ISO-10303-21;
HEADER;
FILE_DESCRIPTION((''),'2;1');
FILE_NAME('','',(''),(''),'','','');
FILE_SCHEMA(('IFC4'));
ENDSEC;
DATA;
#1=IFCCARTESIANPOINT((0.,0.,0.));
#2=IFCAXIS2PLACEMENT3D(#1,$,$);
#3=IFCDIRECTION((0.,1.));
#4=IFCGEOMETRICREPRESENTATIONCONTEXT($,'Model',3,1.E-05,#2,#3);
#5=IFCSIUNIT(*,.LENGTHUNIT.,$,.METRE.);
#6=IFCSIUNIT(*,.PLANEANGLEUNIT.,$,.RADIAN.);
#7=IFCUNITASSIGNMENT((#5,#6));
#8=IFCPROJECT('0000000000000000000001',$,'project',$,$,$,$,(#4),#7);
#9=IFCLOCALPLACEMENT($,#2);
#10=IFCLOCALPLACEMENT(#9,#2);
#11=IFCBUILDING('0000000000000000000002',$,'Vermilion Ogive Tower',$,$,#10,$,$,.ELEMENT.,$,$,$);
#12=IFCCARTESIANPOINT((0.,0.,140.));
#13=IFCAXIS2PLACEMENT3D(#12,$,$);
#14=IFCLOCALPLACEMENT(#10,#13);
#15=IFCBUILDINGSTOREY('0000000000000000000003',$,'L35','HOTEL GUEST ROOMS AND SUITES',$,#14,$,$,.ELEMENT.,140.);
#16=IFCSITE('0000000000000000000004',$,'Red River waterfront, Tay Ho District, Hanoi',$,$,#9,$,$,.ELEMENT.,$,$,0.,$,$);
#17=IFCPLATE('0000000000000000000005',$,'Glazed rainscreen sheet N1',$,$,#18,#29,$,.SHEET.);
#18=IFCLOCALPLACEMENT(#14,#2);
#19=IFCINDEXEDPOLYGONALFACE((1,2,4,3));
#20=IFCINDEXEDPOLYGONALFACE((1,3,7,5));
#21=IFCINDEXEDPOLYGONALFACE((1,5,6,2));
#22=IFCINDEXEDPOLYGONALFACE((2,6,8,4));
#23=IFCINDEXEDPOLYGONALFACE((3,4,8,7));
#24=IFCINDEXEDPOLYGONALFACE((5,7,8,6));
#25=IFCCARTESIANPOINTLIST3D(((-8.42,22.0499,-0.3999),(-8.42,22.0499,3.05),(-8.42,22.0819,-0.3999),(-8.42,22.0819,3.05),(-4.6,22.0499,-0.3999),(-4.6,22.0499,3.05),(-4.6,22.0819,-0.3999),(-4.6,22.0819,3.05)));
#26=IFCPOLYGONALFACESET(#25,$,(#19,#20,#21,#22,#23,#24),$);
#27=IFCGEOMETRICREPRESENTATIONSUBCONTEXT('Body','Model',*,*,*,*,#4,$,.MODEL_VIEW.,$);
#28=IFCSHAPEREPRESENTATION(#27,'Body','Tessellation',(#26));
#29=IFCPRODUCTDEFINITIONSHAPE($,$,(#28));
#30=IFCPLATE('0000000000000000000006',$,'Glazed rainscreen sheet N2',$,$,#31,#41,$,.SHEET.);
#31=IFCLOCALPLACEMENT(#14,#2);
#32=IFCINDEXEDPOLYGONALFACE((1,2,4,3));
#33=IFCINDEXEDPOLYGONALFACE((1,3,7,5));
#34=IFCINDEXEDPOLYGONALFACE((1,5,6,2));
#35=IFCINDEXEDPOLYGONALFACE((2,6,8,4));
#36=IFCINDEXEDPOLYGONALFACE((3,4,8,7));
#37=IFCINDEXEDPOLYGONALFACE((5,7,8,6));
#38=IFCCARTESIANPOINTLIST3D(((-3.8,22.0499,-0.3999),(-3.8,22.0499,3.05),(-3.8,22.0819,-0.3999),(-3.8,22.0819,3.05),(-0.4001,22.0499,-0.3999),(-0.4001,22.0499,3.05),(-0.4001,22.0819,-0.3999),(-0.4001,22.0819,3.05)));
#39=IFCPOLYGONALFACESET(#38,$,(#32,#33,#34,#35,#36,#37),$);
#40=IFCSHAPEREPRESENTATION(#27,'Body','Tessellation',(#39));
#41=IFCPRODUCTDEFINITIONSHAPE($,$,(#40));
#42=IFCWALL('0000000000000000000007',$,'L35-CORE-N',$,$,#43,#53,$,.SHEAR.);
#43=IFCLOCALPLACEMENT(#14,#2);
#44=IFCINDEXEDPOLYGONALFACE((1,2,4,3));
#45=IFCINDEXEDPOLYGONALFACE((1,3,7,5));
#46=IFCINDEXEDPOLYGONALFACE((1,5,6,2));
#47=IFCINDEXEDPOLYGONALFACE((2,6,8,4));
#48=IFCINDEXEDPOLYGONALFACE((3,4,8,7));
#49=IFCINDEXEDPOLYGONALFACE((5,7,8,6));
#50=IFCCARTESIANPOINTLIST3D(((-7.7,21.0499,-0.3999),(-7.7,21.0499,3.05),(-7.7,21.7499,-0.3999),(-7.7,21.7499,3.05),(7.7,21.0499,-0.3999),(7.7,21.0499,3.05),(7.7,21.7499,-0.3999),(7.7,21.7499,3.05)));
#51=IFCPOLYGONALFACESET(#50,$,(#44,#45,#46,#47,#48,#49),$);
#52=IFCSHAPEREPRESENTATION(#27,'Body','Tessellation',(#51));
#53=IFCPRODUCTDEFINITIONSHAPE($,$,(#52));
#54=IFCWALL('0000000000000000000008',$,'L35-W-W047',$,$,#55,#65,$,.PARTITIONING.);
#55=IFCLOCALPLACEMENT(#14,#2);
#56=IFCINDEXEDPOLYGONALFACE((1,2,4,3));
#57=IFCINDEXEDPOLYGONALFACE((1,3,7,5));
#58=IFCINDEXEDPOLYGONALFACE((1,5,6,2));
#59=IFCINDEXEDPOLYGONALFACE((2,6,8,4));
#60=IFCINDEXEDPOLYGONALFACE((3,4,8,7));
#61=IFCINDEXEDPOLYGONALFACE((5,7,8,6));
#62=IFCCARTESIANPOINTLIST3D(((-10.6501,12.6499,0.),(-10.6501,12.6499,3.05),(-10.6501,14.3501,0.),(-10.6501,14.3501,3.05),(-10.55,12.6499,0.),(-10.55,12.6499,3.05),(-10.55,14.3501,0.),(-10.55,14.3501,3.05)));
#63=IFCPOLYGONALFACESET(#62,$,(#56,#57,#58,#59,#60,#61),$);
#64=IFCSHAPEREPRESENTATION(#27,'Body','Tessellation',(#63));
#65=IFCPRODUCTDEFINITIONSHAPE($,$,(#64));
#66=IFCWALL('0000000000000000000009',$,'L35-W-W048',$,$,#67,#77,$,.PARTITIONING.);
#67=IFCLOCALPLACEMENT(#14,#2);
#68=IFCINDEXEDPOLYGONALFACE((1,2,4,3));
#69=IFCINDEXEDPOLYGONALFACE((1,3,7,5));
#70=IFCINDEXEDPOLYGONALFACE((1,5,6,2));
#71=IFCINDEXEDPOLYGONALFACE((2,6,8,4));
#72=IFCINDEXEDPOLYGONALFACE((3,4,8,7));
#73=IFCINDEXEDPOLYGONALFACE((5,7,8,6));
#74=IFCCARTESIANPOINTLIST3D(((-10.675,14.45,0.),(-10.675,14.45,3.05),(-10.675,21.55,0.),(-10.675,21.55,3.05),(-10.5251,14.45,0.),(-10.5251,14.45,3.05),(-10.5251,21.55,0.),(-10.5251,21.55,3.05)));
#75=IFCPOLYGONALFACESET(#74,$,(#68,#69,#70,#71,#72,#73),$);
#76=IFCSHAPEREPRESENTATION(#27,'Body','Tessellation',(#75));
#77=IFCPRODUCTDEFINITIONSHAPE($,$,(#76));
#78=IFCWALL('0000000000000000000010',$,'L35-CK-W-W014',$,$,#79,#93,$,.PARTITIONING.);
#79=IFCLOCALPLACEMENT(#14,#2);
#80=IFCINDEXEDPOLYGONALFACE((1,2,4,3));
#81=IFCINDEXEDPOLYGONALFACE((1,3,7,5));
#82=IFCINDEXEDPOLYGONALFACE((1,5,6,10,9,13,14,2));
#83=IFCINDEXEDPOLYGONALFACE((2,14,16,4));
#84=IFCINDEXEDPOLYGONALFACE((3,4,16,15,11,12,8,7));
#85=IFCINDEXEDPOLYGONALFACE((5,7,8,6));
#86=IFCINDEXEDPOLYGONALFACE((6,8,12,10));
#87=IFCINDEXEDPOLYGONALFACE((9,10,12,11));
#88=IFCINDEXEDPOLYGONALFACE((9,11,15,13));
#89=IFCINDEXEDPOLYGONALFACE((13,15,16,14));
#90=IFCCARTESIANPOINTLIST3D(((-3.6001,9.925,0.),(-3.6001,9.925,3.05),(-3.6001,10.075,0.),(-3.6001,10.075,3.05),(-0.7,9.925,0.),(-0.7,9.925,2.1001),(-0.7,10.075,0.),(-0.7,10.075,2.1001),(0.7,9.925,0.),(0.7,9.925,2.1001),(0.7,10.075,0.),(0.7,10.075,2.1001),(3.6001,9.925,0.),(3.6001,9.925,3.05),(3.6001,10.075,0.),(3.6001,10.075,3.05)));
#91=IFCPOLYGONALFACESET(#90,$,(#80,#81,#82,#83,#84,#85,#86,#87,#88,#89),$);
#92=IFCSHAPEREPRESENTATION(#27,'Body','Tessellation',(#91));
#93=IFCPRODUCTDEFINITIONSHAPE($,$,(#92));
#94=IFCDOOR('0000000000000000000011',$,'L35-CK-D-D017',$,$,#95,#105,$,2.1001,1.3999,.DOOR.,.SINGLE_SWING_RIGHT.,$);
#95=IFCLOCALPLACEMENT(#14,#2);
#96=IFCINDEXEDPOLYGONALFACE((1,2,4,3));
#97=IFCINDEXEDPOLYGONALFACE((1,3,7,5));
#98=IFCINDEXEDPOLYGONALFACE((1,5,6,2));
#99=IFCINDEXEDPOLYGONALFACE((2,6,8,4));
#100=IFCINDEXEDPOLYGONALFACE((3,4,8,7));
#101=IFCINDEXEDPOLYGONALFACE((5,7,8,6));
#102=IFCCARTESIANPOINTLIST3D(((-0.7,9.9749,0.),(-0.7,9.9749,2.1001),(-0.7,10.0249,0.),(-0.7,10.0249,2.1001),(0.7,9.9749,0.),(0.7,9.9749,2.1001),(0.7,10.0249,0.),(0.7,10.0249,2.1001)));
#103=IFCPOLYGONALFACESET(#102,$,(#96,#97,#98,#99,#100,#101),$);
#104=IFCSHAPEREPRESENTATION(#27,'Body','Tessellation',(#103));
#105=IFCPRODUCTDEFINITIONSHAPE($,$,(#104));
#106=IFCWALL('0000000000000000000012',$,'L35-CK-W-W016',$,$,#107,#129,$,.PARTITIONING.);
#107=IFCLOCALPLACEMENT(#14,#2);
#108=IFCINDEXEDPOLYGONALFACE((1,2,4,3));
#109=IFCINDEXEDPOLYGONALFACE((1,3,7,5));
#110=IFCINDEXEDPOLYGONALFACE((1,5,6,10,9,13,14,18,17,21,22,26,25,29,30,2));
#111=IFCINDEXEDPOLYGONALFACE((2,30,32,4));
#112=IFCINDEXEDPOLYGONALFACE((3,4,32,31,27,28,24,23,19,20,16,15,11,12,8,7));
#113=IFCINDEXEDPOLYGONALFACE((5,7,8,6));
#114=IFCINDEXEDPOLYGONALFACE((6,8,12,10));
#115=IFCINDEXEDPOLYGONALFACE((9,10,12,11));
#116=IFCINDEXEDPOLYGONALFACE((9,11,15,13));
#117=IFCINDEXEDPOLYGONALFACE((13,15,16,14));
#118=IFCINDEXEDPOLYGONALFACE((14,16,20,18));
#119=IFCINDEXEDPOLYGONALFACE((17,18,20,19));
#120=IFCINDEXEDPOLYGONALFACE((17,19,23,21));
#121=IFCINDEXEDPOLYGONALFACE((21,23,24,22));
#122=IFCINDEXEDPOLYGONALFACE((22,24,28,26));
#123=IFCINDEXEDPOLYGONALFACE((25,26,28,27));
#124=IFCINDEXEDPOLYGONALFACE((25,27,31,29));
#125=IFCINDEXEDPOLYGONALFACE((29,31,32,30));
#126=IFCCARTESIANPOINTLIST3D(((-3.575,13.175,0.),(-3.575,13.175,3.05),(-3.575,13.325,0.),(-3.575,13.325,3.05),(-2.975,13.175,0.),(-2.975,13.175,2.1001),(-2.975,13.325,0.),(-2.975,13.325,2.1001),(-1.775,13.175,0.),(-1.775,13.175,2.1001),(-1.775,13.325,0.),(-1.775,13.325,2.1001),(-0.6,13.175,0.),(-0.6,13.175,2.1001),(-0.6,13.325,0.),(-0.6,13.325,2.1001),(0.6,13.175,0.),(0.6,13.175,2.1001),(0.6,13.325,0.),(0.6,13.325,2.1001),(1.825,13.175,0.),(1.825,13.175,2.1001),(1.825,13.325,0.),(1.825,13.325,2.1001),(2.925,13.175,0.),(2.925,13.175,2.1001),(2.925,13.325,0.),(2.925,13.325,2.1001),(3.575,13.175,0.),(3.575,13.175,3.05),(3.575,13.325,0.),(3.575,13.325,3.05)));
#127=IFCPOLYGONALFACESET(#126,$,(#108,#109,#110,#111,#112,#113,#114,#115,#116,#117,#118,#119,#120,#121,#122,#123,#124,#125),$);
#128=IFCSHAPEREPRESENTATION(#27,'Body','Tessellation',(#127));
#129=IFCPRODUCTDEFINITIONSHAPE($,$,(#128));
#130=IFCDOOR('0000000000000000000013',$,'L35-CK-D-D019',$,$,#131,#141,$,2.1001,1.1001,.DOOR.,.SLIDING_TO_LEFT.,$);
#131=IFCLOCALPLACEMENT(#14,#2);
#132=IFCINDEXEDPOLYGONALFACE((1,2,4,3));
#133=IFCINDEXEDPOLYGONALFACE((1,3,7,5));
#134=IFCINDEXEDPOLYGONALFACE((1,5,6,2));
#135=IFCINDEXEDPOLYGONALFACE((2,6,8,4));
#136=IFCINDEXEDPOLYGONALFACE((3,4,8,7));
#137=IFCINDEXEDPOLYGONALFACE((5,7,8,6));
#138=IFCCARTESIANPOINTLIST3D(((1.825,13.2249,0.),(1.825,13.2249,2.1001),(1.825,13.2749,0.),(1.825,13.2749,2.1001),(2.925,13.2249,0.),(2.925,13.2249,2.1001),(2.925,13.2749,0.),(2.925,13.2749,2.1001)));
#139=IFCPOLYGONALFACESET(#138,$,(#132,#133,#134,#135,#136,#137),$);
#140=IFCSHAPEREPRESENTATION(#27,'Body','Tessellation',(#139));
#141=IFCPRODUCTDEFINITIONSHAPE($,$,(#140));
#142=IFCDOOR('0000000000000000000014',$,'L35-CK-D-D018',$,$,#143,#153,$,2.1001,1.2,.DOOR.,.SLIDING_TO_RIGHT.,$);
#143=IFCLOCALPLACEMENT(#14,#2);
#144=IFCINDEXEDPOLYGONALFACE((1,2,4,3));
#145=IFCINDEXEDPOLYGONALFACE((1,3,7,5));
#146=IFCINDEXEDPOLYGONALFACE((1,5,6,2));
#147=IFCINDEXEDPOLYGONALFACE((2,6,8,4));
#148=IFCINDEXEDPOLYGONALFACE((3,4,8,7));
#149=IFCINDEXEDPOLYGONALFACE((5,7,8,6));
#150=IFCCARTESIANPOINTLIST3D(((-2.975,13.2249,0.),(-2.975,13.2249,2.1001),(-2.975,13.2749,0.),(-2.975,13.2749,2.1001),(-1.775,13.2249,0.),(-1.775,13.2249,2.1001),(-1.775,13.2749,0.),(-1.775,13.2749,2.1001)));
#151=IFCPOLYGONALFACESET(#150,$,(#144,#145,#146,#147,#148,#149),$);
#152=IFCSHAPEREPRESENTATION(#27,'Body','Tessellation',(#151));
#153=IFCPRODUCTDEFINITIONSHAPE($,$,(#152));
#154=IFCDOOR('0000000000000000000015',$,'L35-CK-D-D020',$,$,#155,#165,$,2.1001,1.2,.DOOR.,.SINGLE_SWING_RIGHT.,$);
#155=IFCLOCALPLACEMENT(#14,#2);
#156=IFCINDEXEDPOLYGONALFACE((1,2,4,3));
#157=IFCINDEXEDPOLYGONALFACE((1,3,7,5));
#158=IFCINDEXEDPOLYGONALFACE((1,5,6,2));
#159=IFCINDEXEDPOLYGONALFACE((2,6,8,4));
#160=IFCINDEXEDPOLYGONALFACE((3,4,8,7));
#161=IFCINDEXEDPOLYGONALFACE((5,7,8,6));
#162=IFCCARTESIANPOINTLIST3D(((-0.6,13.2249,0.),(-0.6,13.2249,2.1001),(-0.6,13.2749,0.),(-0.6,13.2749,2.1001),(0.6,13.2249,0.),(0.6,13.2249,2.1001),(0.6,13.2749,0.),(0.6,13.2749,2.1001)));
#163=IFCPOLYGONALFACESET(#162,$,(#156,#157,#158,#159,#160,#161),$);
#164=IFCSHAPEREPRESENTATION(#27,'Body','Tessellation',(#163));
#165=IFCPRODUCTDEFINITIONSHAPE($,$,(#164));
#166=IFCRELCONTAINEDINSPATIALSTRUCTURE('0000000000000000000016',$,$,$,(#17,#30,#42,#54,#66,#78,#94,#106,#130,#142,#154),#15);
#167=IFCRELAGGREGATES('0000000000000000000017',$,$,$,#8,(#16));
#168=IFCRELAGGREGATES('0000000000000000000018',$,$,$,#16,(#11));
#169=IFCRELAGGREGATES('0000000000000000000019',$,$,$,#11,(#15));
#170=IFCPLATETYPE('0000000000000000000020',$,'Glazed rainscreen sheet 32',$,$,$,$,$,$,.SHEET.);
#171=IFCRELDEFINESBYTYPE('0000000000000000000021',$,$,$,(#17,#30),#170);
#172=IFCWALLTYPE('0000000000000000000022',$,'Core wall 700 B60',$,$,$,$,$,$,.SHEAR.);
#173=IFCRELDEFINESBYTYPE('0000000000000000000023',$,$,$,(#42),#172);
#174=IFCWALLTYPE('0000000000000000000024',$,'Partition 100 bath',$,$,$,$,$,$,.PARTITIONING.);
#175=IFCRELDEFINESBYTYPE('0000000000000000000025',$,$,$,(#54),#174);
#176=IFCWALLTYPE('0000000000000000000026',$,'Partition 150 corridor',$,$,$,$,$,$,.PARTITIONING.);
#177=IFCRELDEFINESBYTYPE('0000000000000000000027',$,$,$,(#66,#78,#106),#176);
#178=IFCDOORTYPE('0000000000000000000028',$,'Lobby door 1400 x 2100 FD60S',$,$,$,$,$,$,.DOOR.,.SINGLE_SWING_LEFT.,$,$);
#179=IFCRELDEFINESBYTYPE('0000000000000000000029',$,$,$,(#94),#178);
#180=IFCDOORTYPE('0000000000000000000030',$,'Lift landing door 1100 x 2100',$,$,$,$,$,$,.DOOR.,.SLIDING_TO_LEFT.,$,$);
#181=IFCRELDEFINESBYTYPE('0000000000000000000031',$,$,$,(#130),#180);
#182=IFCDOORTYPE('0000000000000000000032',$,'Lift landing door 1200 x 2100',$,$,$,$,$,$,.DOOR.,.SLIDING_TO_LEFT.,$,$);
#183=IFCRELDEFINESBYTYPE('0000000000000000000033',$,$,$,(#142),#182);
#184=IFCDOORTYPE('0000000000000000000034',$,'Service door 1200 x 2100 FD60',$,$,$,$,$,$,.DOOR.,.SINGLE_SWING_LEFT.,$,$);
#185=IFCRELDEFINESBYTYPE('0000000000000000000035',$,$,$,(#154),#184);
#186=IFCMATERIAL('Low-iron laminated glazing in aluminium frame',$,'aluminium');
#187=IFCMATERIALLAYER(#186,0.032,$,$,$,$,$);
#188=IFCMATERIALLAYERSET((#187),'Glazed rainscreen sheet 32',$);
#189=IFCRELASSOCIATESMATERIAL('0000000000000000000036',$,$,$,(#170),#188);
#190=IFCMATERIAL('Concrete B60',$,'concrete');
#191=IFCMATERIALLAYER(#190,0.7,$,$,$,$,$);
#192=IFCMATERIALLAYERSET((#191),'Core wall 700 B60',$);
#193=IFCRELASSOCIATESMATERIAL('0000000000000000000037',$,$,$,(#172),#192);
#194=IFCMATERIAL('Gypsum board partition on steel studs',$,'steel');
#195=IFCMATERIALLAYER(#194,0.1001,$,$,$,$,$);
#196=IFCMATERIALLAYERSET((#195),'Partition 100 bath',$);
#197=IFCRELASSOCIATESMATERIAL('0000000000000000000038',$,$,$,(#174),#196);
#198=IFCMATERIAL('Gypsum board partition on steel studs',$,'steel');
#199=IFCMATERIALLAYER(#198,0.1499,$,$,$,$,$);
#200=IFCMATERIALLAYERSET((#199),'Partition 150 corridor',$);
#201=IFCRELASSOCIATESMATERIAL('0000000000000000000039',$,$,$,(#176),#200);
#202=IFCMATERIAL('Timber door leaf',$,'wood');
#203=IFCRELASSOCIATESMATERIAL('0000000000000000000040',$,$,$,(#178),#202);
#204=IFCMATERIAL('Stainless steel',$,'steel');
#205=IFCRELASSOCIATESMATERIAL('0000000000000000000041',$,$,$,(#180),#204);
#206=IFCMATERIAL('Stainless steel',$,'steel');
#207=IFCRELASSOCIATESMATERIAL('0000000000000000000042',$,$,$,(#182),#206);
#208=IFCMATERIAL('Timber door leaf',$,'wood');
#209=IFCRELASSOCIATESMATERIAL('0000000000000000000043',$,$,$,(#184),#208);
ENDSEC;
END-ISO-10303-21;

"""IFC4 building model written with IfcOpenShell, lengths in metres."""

from ifc_helpers import new_model, si_unit, direction, frame, frame_2d, origin, origin_2d, place, context, subcontext, project, spatial, rectangle, extrude, material, layer, layer_set, type_object, element, fill, save


model = new_model("IFC4")

# Units and contexts
model_context = context("Model", 3, precision=1e-05, world=origin(), true_north=direction((0.0, 1.0)))
body_context = subcontext(model_context, "Body", "Model", "MODEL_VIEW")
ifc_project = project(units=[si_unit("LENGTHUNIT", "METRE"), si_unit("PLANEANGLEUNIT", "RADIAN")], contexts=[model_context])

# Site, building, storey
site_placement = place(None, origin())
site = spatial("IfcSite", under=ifc_project, at=site_placement, Name="Red River waterfront, Tay Ho District, Hanoi", CompositionType="ELEMENT", RefElevation=0.0)
building_placement = place(site_placement, origin())
building = spatial("IfcBuilding", under=site, at=building_placement, Name="Vermilion Ogive Tower", CompositionType="ELEMENT")
storey_placement = place(building_placement, frame((0.0, 0.0, 140.0)))
storey = spatial("IfcBuildingStorey", under=building, at=storey_placement, Name="L35", Description="HOTEL GUEST ROOMS AND SUITES", CompositionType="ELEMENT", Elevation=140.0)

# Plates
ifc_material_1 = material(Name="Low-iron laminated glazing in aluminium frame", Category="aluminium")
ifc_layer_1 = layer(ifc_material_1, 0.032)
ifc_layer_set_1 = layer_set([ifc_layer_1], Name="Glazed rainscreen sheet 32")
plate_type = type_object("IfcPlateType", Name="Glazed rainscreen sheet 32", PredefinedType="SHEET", material=ifc_layer_set_1)
plate_1_placement = place(storey_placement, frame((-6.51, 22.0659, -0.3999), z_axis=(0.0, 0.0, 1.0), x_axis=(1.0, 0.0, 0.0)))
element("IfcPlate", 1, at=plate_1_placement, inside=storey, type_object=plate_type, Name="Glazed rainscreen sheet N1", PredefinedType="SHEET", context=body_context, shape_type="SweptSolid", body=[
    extrude(rectangle(XDim=3.8201, YDim=0.032, at=origin_2d()), origin(), (0.0, 0.0, 1.0), 3.45),
])
plate_2_placement = place(storey_placement, frame((-2.1001, 22.0659, -0.3999), z_axis=(0.0, 0.0, 1.0), x_axis=(1.0, 0.0, 0.0)))
element("IfcPlate", 2, at=plate_2_placement, inside=storey, type_object=plate_type, Name="Glazed rainscreen sheet N2", PredefinedType="SHEET", context=body_context, shape_type="SweptSolid", body=[
    extrude(rectangle(XDim=3.3999, YDim=0.032, at=origin_2d()), origin(), (0.0, 0.0, 1.0), 3.45),
])

# Walls
ifc_material_2 = material(Name="Concrete B60", Category="concrete")
ifc_layer_2 = layer(ifc_material_2, 0.7)
ifc_layer_set_2 = layer_set([ifc_layer_2], Name="Core wall 700 B60")
wall_type_1 = type_object("IfcWallType", Name="Core wall 700 B60", PredefinedType="SHEAR", material=ifc_layer_set_2)
wall_1_placement = place(storey_placement, frame((-7.7, 21.3999, -0.3999), z_axis=(0.0, 0.0, 1.0), x_axis=(1.0, 0.0, 0.0)))
element("IfcWall", 3, at=wall_1_placement, inside=storey, type_object=wall_type_1, Name="L35-CORE-N", PredefinedType="SHEAR", context=body_context, shape_type="SweptSolid", body=[
    extrude(rectangle(XDim=15.3999, YDim=0.7, at=frame_2d((7.7, 0.0))), origin(), (0.0, 0.0, 1.0), 3.45),
])
ifc_material_3 = material(Name="Gypsum board partition on steel studs", Category="steel")
ifc_layer_3 = layer(ifc_material_3, 0.1001)
ifc_layer_set_3 = layer_set([ifc_layer_3], Name="Partition 100 bath")
wall_type_2 = type_object("IfcWallType", Name="Partition 100 bath", PredefinedType="PARTITIONING", material=ifc_layer_set_3)
wall_2_placement = place(storey_placement, frame((-10.6001, 12.6499, 0.0), z_axis=(0.0, 0.0, 1.0), x_axis=(0.0, 1.0, 0.0)))
element("IfcWall", 4, at=wall_2_placement, inside=storey, type_object=wall_type_2, Name="L35-W-W047", PredefinedType="PARTITIONING", context=body_context, shape_type="SweptSolid", body=[
    extrude(rectangle(XDim=1.7002, YDim=0.1001, at=frame_2d((0.8501, 0.0))), origin(), (0.0, 0.0, 1.0), 3.05),
])
ifc_material_4 = material(Name="Gypsum board partition on steel studs", Category="steel")
ifc_layer_4 = layer(ifc_material_4, 0.1499)
ifc_layer_set_4 = layer_set([ifc_layer_4], Name="Partition 150 corridor")
wall_type_3 = type_object("IfcWallType", Name="Partition 150 corridor", PredefinedType="PARTITIONING", material=ifc_layer_set_4)
wall_3_placement = place(storey_placement, frame((-10.6001, 14.45, 0.0), z_axis=(0.0, 0.0, 1.0), x_axis=(0.0, 1.0, 0.0)))
element("IfcWall", 5, at=wall_3_placement, inside=storey, type_object=wall_type_3, Name="L35-W-W048", PredefinedType="PARTITIONING", context=body_context, shape_type="SweptSolid", body=[
    extrude(rectangle(XDim=7.1001, YDim=0.1499, at=frame_2d((3.55, 0.0))), origin(), (0.0, 0.0, 1.0), 3.05),
])

# Wall, opening, door
wall_4_placement = place(storey_placement, frame((-3.6001, 10.0, 0.0), z_axis=(0.0, 0.0, 1.0), x_axis=(1.0, 0.0, 0.0)))
wall_4 = element("IfcWall", 6, at=wall_4_placement, inside=storey, type_object=wall_type_3, Name="L35-CK-W-W014", PredefinedType="PARTITIONING", context=body_context, shape_type="SweptSolid", body=[
    extrude(rectangle(XDim=7.2002, YDim=0.1499, at=frame_2d((3.6001, 0.0))), origin(), (0.0, 0.0, 1.0), 3.05),
])
opening_1_placement = place(wall_4_placement, frame((2.9001, 0.0, 0.0)))
opening_1 = element("IfcOpeningElement", 7, at=opening_1_placement, cuts=wall_4, PredefinedType="OPENING", context=body_context, shape_type="SweptSolid", body=[
    extrude(rectangle(XDim=1.3999, YDim=2.1001, at=frame_2d((0.7, 1.05))), frame((0.0, 0.085, 0.0), z_axis=(0.0, -1.0, 0.0), x_axis=(1.0, 0.0, 0.0)), (0.0, 0.0, 1.0), 0.1699),
])
ifc_material_5 = material(Name="Timber door leaf", Category="wood")
door_type_1 = type_object("IfcDoorType", Name="Lobby door 1400 x 2100 FD60S", OperationType="SINGLE_SWING_LEFT", PredefinedType="DOOR", material=ifc_material_5)
door_1_placement = place(opening_1_placement, origin())
door_1 = element("IfcDoor", 8, at=door_1_placement, inside=storey, type_object=door_type_1, Name="L35-CK-D-D017", OperationType="SINGLE_SWING_RIGHT", OverallHeight=2.1001, OverallWidth=1.3999, PredefinedType="DOOR", context=body_context, shape_type="SweptSolid", body=[
    extrude(rectangle(XDim=1.3999, YDim=2.1001, at=frame_2d((0.7, 1.05))), frame((0.0, 0.0249, 0.0), z_axis=(0.0, -1.0, 0.0), x_axis=(1.0, 0.0, 0.0)), (0.0, 0.0, 1.0), 0.05),
])
fill(opening_1, door_1)

# Wall, openings, doors
wall_5_placement = place(storey_placement, frame((-3.575, 13.25, 0.0), z_axis=(0.0, 0.0, 1.0), x_axis=(1.0, 0.0, 0.0)))
wall_5 = element("IfcWall", 9, at=wall_5_placement, inside=storey, type_object=wall_type_3, Name="L35-CK-W-W016", PredefinedType="PARTITIONING", context=body_context, shape_type="SweptSolid", body=[
    extrude(rectangle(XDim=7.1499, YDim=0.1499, at=frame_2d((3.575, 0.0))), origin(), (0.0, 0.0, 1.0), 3.05),
])
opening_2_placement = place(wall_5_placement, frame((0.5999, 0.0, 0.0)))
opening_2 = element("IfcOpeningElement", 10, at=opening_2_placement, cuts=wall_5, PredefinedType="OPENING", context=body_context, shape_type="SweptSolid", body=[
    extrude(rectangle(XDim=1.2, YDim=2.1001, at=frame_2d((0.6001, 1.05))), frame((0.0, 0.085, 0.0), z_axis=(0.0, -1.0, 0.0), x_axis=(1.0, 0.0, 0.0)), (0.0, 0.0, 1.0), 0.1699),
])
opening_3_placement = place(wall_5_placement, frame((5.3999, 0.0, 0.0)))
opening_3 = element("IfcOpeningElement", 11, at=opening_3_placement, cuts=wall_5, PredefinedType="OPENING", context=body_context, shape_type="SweptSolid", body=[
    extrude(rectangle(XDim=1.1001, YDim=2.1001, at=frame_2d((0.55, 1.05))), frame((0.0, 0.085, 0.0), z_axis=(0.0, -1.0, 0.0), x_axis=(1.0, 0.0, 0.0)), (0.0, 0.0, 1.0), 0.1699),
])
opening_4_placement = place(wall_5_placement, frame((2.9749, 0.0, 0.0)))
opening_4 = element("IfcOpeningElement", 12, at=opening_4_placement, cuts=wall_5, PredefinedType="OPENING", context=body_context, shape_type="SweptSolid", body=[
    extrude(rectangle(XDim=1.2, YDim=2.1001, at=frame_2d((0.6001, 1.05))), frame((0.0, 0.085, 0.0), z_axis=(0.0, -1.0, 0.0), x_axis=(1.0, 0.0, 0.0)), (0.0, 0.0, 1.0), 0.1699),
])
ifc_material_6 = material(Name="Stainless steel", Category="steel")
door_type_2 = type_object("IfcDoorType", Name="Lift landing door 1100 x 2100", OperationType="SLIDING_TO_LEFT", PredefinedType="DOOR", material=ifc_material_6)
door_2_placement = place(opening_3_placement, origin())
door_2 = element("IfcDoor", 13, at=door_2_placement, inside=storey, type_object=door_type_2, Name="L35-CK-D-D019", OperationType="SLIDING_TO_LEFT", OverallHeight=2.1001, OverallWidth=1.1001, PredefinedType="DOOR", context=body_context, shape_type="SweptSolid", body=[
    extrude(rectangle(XDim=1.1001, YDim=2.1001, at=frame_2d((0.55, 1.05))), frame((0.0, 0.0249, 0.0), z_axis=(0.0, -1.0, 0.0), x_axis=(1.0, 0.0, 0.0)), (0.0, 0.0, 1.0), 0.05),
])
fill(opening_3, door_2)
ifc_material_7 = material(Name="Stainless steel", Category="steel")
door_type_3 = type_object("IfcDoorType", Name="Lift landing door 1200 x 2100", OperationType="SLIDING_TO_LEFT", PredefinedType="DOOR", material=ifc_material_7)
door_3_placement = place(opening_2_placement, origin())
door_3 = element("IfcDoor", 14, at=door_3_placement, inside=storey, type_object=door_type_3, Name="L35-CK-D-D018", OperationType="SLIDING_TO_RIGHT", OverallHeight=2.1001, OverallWidth=1.2, PredefinedType="DOOR", context=body_context, shape_type="SweptSolid", body=[
    extrude(rectangle(XDim=1.2, YDim=2.1001, at=frame_2d((0.6001, 1.05))), frame((0.0, 0.0249, 0.0), z_axis=(0.0, -1.0, 0.0), x_axis=(1.0, 0.0, 0.0)), (0.0, 0.0, 1.0), 0.05),
])
fill(opening_2, door_3)
ifc_material_8 = material(Name="Timber door leaf", Category="wood")
door_type_4 = type_object("IfcDoorType", Name="Service door 1200 x 2100 FD60", OperationType="SINGLE_SWING_LEFT", PredefinedType="DOOR", material=ifc_material_8)
door_4_placement = place(opening_4_placement, origin())
door_4 = element("IfcDoor", 15, at=door_4_placement, inside=storey, type_object=door_type_4, Name="L35-CK-D-D020", OperationType="SINGLE_SWING_RIGHT", OverallHeight=2.1001, OverallWidth=1.2, PredefinedType="DOOR", context=body_context, shape_type="SweptSolid", body=[
    extrude(rectangle(XDim=1.2, YDim=2.1001, at=frame_2d((0.6001, 1.05))), frame((0.0, 0.0249, 0.0), z_axis=(0.0, -1.0, 0.0), x_axis=(1.0, 0.0, 0.0)), (0.0, 0.0, 1.0), 0.05),
])
fill(opening_4, door_4)

save(model, "model.ifc")
